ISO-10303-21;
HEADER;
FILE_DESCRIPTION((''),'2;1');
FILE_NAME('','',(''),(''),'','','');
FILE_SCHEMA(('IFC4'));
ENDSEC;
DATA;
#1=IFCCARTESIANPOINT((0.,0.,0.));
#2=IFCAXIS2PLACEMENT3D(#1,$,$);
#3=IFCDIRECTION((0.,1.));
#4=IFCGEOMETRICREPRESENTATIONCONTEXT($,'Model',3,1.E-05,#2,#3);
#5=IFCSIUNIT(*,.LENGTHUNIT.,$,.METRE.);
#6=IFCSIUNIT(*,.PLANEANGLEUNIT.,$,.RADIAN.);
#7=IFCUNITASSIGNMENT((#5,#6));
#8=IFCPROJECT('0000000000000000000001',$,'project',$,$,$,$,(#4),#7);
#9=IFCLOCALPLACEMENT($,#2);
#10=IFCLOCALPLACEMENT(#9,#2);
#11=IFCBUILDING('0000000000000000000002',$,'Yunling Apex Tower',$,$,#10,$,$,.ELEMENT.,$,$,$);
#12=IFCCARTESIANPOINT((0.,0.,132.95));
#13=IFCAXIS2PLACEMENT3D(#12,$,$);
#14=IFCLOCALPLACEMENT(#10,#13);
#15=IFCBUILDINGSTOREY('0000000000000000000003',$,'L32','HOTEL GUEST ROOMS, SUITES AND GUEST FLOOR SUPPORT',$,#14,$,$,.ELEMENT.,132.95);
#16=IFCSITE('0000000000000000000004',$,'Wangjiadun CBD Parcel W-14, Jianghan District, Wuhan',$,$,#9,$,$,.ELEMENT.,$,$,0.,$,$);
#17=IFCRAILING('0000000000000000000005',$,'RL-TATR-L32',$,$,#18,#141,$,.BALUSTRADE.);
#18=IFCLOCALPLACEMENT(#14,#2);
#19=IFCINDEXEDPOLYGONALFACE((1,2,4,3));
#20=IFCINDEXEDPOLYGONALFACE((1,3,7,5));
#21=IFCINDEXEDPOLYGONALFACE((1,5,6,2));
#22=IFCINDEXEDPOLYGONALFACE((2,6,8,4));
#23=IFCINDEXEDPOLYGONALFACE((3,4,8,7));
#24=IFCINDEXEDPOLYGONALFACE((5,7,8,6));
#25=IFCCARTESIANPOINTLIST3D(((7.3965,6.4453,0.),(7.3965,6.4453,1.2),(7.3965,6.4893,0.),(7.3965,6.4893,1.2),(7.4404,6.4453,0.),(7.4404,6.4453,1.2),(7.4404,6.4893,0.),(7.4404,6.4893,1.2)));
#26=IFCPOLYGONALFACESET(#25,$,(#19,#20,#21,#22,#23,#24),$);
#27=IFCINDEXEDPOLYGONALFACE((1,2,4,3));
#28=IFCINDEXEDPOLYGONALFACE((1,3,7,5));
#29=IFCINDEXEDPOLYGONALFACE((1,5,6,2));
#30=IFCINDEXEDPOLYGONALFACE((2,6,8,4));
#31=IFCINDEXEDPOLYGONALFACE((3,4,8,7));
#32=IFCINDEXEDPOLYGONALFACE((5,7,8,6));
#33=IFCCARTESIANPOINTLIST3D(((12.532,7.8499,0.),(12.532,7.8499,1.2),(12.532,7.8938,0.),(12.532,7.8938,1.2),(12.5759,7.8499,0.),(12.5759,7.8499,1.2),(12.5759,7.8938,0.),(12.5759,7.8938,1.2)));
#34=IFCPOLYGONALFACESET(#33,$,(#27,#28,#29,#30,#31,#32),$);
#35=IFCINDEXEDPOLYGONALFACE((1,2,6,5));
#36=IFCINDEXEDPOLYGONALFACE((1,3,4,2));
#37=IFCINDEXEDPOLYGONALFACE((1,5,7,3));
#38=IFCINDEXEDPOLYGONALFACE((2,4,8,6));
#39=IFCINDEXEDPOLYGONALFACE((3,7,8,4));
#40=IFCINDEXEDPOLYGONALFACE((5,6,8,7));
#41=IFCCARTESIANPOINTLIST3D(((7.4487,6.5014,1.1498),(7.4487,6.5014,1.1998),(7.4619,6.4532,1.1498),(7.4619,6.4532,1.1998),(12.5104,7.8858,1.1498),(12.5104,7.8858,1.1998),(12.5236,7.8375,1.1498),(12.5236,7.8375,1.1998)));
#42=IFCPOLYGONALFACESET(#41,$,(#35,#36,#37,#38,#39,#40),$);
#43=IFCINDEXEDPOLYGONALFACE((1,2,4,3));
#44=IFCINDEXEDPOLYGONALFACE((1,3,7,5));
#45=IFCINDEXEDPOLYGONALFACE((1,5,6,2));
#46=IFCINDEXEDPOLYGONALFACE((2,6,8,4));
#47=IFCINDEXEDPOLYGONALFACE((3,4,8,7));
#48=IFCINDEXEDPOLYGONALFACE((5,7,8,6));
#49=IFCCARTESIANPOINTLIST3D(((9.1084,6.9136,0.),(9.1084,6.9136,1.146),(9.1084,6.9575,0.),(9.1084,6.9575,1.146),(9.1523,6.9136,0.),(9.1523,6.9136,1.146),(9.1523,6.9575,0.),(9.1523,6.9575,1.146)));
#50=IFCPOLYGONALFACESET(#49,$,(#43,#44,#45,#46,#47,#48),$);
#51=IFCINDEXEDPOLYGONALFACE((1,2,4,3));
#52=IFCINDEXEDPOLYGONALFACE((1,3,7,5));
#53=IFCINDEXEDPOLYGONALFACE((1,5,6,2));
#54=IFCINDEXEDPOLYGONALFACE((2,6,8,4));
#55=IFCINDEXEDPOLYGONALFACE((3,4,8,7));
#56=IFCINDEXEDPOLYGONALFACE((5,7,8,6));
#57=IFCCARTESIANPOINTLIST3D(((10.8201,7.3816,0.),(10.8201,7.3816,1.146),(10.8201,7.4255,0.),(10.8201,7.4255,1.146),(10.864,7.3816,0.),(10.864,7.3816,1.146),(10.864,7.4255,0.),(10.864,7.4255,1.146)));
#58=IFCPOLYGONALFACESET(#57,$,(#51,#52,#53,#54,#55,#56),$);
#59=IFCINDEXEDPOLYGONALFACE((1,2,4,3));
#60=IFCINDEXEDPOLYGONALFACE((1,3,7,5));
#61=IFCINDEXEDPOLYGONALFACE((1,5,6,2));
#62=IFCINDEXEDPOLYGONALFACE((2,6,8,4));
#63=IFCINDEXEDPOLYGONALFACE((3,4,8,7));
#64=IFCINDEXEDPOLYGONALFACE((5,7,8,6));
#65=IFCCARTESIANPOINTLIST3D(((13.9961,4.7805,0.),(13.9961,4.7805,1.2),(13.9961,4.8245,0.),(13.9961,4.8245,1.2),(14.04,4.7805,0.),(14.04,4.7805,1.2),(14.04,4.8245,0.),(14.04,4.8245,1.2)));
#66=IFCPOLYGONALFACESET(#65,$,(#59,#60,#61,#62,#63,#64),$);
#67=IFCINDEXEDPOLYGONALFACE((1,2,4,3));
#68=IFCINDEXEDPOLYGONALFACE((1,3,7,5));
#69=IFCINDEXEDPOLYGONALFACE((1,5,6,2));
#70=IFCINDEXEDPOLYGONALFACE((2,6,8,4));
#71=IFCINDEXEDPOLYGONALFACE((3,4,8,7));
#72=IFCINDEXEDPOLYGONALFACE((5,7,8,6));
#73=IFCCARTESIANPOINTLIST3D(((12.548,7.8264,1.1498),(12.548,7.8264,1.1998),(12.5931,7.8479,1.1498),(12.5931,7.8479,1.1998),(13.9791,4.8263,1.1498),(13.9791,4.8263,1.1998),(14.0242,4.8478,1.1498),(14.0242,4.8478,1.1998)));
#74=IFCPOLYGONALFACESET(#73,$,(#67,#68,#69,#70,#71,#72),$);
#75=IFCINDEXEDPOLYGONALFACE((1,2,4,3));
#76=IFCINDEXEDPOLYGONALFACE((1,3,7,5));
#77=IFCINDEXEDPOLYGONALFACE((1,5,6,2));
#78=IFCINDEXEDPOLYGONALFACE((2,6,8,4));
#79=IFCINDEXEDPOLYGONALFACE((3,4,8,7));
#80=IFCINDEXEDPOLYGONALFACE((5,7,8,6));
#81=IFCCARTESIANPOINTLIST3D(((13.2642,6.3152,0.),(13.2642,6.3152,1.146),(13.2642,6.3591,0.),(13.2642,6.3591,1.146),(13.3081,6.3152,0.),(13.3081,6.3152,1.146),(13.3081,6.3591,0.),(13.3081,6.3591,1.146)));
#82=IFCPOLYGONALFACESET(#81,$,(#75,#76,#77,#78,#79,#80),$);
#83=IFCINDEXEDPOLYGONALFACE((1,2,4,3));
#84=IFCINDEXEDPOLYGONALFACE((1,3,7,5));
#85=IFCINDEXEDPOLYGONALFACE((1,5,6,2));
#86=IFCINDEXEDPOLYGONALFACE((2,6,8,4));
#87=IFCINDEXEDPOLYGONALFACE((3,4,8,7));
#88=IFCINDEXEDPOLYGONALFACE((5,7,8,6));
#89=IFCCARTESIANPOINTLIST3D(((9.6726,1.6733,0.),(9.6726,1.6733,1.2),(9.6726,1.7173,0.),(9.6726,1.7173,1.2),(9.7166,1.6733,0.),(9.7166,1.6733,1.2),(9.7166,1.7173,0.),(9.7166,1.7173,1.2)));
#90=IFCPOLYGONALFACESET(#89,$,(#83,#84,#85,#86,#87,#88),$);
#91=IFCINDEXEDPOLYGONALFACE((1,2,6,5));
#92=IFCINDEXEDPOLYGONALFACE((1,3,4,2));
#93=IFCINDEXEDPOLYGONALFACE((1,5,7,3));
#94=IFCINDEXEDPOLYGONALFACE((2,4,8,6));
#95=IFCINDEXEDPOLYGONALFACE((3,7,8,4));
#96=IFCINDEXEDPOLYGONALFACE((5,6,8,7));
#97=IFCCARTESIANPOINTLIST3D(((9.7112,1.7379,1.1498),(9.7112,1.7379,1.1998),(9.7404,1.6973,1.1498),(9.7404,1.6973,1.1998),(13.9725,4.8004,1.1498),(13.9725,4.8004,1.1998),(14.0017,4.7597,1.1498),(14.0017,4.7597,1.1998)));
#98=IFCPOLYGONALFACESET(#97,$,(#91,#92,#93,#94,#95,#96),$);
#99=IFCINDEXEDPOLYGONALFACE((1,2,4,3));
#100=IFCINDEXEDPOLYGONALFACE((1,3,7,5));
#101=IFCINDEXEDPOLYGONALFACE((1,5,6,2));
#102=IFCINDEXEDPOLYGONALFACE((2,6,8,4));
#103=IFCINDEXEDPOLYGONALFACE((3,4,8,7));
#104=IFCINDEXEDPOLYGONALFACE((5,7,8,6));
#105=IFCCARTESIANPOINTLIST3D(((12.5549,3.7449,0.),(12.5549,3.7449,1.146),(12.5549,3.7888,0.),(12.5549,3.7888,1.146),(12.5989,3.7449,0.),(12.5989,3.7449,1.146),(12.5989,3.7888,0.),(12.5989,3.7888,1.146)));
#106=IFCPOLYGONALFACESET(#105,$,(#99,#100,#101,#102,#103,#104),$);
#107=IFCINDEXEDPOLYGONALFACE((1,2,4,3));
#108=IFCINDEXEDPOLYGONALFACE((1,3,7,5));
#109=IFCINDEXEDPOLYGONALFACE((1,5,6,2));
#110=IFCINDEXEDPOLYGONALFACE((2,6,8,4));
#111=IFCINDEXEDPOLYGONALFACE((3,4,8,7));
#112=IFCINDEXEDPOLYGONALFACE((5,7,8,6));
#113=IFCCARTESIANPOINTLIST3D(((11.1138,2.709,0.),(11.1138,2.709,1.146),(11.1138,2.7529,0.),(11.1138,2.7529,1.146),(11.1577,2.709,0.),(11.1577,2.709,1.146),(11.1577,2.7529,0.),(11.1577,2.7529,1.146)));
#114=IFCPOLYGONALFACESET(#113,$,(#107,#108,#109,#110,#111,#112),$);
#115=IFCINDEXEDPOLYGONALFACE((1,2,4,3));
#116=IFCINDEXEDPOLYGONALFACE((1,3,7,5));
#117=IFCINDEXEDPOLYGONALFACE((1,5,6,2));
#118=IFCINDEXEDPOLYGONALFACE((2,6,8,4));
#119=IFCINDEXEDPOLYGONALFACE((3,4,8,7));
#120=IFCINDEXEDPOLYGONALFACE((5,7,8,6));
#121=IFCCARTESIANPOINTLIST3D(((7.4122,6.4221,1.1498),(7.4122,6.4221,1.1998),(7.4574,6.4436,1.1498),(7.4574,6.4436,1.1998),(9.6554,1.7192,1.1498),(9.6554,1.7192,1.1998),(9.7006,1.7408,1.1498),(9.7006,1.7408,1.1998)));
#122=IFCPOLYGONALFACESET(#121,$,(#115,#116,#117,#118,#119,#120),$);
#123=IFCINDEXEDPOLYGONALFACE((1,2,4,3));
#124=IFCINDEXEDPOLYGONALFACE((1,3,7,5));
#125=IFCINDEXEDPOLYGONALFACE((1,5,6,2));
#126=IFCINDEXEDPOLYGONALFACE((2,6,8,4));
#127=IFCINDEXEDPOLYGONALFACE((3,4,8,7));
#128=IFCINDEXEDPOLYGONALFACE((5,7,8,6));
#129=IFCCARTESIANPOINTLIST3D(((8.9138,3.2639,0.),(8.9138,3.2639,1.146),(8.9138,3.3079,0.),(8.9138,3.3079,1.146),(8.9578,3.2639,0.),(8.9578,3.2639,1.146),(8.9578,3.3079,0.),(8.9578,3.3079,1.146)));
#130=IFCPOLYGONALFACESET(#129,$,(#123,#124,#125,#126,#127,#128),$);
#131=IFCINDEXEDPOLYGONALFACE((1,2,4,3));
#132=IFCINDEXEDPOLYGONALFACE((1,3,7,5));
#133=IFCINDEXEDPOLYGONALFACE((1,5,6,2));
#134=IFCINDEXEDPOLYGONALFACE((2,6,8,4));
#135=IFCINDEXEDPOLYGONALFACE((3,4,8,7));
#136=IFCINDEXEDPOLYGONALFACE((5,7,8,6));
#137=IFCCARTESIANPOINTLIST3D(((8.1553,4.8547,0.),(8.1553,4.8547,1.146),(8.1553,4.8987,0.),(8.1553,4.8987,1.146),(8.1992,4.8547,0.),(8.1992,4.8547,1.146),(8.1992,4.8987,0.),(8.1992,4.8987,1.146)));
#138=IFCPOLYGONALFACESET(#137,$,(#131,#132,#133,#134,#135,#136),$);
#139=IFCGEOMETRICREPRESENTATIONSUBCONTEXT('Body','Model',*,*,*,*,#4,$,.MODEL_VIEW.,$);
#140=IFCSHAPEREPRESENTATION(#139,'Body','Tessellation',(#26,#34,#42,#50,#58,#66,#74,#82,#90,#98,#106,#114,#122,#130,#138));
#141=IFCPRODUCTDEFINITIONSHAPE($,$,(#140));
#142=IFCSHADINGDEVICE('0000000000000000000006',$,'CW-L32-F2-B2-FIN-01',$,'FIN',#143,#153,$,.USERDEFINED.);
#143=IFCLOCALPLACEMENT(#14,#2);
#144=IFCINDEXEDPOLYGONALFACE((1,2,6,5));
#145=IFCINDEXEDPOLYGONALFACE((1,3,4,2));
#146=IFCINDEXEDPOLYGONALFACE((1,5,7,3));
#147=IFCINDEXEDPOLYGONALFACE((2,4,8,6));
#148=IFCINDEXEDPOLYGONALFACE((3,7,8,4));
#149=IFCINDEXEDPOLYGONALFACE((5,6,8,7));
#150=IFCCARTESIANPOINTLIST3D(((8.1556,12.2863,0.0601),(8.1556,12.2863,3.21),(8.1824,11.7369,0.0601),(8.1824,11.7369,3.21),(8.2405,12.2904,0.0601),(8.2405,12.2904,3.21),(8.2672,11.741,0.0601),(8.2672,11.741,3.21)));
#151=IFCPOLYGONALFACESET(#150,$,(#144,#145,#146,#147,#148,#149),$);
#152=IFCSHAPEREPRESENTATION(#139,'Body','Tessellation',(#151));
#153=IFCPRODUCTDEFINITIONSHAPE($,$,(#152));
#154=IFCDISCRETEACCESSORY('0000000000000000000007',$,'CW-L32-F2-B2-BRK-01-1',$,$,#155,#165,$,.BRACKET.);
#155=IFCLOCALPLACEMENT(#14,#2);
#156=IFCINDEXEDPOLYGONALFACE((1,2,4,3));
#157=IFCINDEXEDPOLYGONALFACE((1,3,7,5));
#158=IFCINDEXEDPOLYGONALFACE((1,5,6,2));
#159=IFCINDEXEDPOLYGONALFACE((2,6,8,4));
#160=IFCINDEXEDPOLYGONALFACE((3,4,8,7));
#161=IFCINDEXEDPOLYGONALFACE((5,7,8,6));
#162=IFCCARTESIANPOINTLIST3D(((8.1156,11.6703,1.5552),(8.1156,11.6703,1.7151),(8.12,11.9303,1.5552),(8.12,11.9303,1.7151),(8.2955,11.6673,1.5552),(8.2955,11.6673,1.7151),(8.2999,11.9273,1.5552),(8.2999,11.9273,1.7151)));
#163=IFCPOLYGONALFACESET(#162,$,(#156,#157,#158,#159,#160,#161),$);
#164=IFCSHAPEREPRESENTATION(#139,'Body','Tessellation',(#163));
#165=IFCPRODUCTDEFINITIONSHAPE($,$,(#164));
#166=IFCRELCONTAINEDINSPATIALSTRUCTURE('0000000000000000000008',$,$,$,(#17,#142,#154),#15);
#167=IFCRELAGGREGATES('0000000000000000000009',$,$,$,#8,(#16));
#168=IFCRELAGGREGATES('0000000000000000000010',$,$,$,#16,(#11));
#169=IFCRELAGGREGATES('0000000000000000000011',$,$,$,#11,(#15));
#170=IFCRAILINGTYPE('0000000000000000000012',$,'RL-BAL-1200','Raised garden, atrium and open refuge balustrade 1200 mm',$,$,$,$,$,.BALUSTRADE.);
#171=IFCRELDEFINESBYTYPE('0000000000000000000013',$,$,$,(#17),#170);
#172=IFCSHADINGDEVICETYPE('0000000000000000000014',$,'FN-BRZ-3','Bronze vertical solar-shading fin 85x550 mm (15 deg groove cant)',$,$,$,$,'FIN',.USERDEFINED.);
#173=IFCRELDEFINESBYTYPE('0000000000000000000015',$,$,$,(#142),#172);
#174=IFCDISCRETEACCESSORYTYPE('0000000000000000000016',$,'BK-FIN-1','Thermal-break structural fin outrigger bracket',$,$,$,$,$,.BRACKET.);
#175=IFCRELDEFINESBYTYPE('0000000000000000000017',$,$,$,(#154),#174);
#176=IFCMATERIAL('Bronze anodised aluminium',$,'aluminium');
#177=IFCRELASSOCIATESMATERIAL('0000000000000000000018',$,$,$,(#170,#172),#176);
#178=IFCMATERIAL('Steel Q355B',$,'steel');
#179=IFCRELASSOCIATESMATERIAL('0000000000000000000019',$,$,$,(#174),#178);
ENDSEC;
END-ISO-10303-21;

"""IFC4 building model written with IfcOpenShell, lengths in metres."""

from ifc_helpers import new_model, si_unit, direction, frame, origin, origin_2d, place, context, subcontext, project, spatial, rectangle, extrude, source, transform, mapped, material, material_profile, profile_set, type_object, element, save


model = new_model("IFC4")

# Units and contexts
model_context = context("Model", 3, precision=1e-05, world=origin(), true_north=direction((0.0, 1.0)))
body_context = subcontext(model_context, "Body", "Model", "MODEL_VIEW")
ifc_project = project(units=[si_unit("LENGTHUNIT", "METRE"), si_unit("PLANEANGLEUNIT", "RADIAN")], contexts=[model_context])

# Site, building, storey
site_placement = place(None, origin())
site = spatial("IfcSite", under=ifc_project, at=site_placement, Name="Wangjiadun CBD Parcel W-14, Jianghan District, Wuhan", CompositionType="ELEMENT", RefElevation=0.0)
building_placement = place(site_placement, origin())
building = spatial("IfcBuilding", under=site, at=building_placement, Name="Yunling Apex Tower", CompositionType="ELEMENT")
storey_placement = place(building_placement, frame((0.0, 0.0, 132.95)))
storey = spatial("IfcBuildingStorey", under=building, at=storey_placement, Name="L32", Description="HOTEL GUEST ROOMS, SUITES AND GUEST FLOOR SUPPORT", CompositionType="ELEMENT", Elevation=132.95)

# Shared definitions
ifc_material_1 = material(Name="Steel Q355B", Category="steel")

# Shared definitions
ifc_material_2 = material(Name="Bronze anodised aluminium", Category="aluminium")

# Railing
railing_type = type_object("IfcRailingType", Name="RL-BAL-1200", Description="Raised garden, atrium and open refuge balustrade 1200 mm", PredefinedType="BALUSTRADE", material=ifc_material_2)
railing_1_placement = place(storey_placement, frame((7.4185, 6.4673, 0.0)))
element("IfcRailing", 1, at=railing_1_placement, inside=storey, type_object=railing_type, Name="RL-TATR-L32", PredefinedType="BALUSTRADE", context=body_context, shape_type="SweptSolid", body=[
    extrude(rectangle(XDim=0.0439, YDim=0.0439, at=origin_2d()), origin(), (0.0, 0.0, 1.0), 1.2),
    extrude(rectangle(XDim=0.0439, YDim=0.0439, at=origin_2d()), frame((5.1355, 1.4045, 0.0)), (0.0, 0.0, 1.0), 1.2),
    extrude(rectangle(XDim=0.05, YDim=0.05, at=origin_2d()), frame((0.0369, 0.01, 1.1748), z_axis=(0.964575, 0.263808, 0.0), x_axis=(-0.263808, 0.964575, 0.0)), (0.0, 0.0, 1.0), 5.2476),
    extrude(rectangle(XDim=0.0439, YDim=0.0439, at=origin_2d()), frame((1.7119, 0.4683, 0.0)), (0.0, 0.0, 1.0), 1.146),
    extrude(rectangle(XDim=0.0439, YDim=0.0439, at=origin_2d()), frame((3.4236, 0.9363, 0.0)), (0.0, 0.0, 1.0), 1.146),
    extrude(rectangle(XDim=0.0439, YDim=0.0439, at=origin_2d()), frame((6.5996, -1.6648, 0.0)), (0.0, 0.0, 1.0), 1.2),
    extrude(rectangle(XDim=0.05, YDim=0.05, at=origin_2d()), frame((5.1521, 1.3699, 1.1748), z_axis=(0.430538, -0.902572, 0.0), x_axis=(0.902572, 0.430538, 0.0)), (0.0, 0.0, 1.0), 3.324),
    extrude(rectangle(XDim=0.0439, YDim=0.0439, at=origin_2d()), frame((5.8677, -0.1301, 0.0)), (0.0, 0.0, 1.0), 1.146),
    extrude(rectangle(XDim=0.0439, YDim=0.0439, at=origin_2d()), frame((2.2761, -4.772, 0.0)), (0.0, 0.0, 1.0), 1.2),
    extrude(rectangle(XDim=0.05, YDim=0.05, at=origin_2d()), frame((6.5686, -1.6873, 1.1748), z_axis=(-0.812045, -0.583595, 0.0), x_axis=(0.583595, -0.812045, 0.0)), (0.0, 0.0, 1.0), 5.2476),
    extrude(rectangle(XDim=0.0439, YDim=0.0439, at=origin_2d()), frame((5.1584, -2.7004, 0.0)), (0.0, 0.0, 1.0), 1.146),
    extrude(rectangle(XDim=0.0439, YDim=0.0439, at=origin_2d()), frame((3.7173, -3.7363, 0.0)), (0.0, 0.0, 1.0), 1.146),
    extrude(rectangle(XDim=0.05, YDim=0.05, at=origin_2d()), frame((2.2595, -4.7373, 1.1748), z_axis=(-0.430512, 0.902585, 0.0), x_axis=(-0.902585, -0.430512, 0.0)), (0.0, 0.0, 1.0), 5.2104),
    extrude(rectangle(XDim=0.0439, YDim=0.0439, at=origin_2d()), frame((1.5173, -3.1814, 0.0)), (0.0, 0.0, 1.0), 1.146),
    extrude(rectangle(XDim=0.0439, YDim=0.0439, at=origin_2d()), frame((0.7588, -1.5906, 0.0)), (0.0, 0.0, 1.0), 1.146),
])

# Shading device
ifc_material_profile_1 = material_profile(ifc_material_2, rectangle(XDim=0.085, YDim=0.55, at=origin_2d()))
ifc_profile_set_1 = profile_set([ifc_material_profile_1], Name="Bronze anodised aluminium")
shading_device_type = type_object("IfcShadingDeviceType", Name="FN-BRZ-3", Description="Bronze vertical solar-shading fin 85x550 mm (15 deg groove cant)", ElementType="FIN", PredefinedType="USERDEFINED", material=ifc_profile_set_1)
shared_shape_1 = source(origin(), body_context, "Body", "SweptSolid", [
    extrude(rectangle(XDim=0.085, YDim=0.55, at=origin_2d()), origin(), (0.0, 0.0, 1.0), 3.1499),
])
shading_device_placement = place(storey_placement, frame((8.2114, 12.0137, 0.0601), z_axis=(0.0, 0.0, 1.0), x_axis=(-0.998815, -0.048675, 0.0)))
element("IfcShadingDevice", 2, at=shading_device_placement, inside=storey, type_object=shading_device_type, Name="CW-L32-F2-B2-FIN-01", ObjectType="FIN", PredefinedType="USERDEFINED", context=body_context, shape_type="MappedRepresentation", body=[
    mapped(shared_shape_1, transform((0.0, 0.0, 0.0), scale=1.0)),
])

# Discrete accessory
discrete_accessory_type = type_object("IfcDiscreteAccessoryType", Name="BK-FIN-1", Description="Thermal-break structural fin outrigger bracket", PredefinedType="BRACKET", material=ifc_material_1)
shared_shape_2 = source(origin(), body_context, "Body", "SweptSolid", [
    extrude(rectangle(XDim=0.1799, YDim=0.26, at=origin_2d()), origin(), (0.0, 0.0, 1.0), 0.1599),
])
discrete_accessory_placement = place(storey_placement, frame((8.2078, 11.7988, 1.5552), z_axis=(0.0, 0.0, 1.0), x_axis=(-0.99986, 0.016754, 0.0)))
element("IfcDiscreteAccessory", 3, at=discrete_accessory_placement, inside=storey, type_object=discrete_accessory_type, Name="CW-L32-F2-B2-BRK-01-1", PredefinedType="BRACKET", context=body_context, shape_type="MappedRepresentation", body=[
    mapped(shared_shape_2, transform((0.0, 0.0, 0.0), scale=1.0)),
])

save(model, "model.ifc")
